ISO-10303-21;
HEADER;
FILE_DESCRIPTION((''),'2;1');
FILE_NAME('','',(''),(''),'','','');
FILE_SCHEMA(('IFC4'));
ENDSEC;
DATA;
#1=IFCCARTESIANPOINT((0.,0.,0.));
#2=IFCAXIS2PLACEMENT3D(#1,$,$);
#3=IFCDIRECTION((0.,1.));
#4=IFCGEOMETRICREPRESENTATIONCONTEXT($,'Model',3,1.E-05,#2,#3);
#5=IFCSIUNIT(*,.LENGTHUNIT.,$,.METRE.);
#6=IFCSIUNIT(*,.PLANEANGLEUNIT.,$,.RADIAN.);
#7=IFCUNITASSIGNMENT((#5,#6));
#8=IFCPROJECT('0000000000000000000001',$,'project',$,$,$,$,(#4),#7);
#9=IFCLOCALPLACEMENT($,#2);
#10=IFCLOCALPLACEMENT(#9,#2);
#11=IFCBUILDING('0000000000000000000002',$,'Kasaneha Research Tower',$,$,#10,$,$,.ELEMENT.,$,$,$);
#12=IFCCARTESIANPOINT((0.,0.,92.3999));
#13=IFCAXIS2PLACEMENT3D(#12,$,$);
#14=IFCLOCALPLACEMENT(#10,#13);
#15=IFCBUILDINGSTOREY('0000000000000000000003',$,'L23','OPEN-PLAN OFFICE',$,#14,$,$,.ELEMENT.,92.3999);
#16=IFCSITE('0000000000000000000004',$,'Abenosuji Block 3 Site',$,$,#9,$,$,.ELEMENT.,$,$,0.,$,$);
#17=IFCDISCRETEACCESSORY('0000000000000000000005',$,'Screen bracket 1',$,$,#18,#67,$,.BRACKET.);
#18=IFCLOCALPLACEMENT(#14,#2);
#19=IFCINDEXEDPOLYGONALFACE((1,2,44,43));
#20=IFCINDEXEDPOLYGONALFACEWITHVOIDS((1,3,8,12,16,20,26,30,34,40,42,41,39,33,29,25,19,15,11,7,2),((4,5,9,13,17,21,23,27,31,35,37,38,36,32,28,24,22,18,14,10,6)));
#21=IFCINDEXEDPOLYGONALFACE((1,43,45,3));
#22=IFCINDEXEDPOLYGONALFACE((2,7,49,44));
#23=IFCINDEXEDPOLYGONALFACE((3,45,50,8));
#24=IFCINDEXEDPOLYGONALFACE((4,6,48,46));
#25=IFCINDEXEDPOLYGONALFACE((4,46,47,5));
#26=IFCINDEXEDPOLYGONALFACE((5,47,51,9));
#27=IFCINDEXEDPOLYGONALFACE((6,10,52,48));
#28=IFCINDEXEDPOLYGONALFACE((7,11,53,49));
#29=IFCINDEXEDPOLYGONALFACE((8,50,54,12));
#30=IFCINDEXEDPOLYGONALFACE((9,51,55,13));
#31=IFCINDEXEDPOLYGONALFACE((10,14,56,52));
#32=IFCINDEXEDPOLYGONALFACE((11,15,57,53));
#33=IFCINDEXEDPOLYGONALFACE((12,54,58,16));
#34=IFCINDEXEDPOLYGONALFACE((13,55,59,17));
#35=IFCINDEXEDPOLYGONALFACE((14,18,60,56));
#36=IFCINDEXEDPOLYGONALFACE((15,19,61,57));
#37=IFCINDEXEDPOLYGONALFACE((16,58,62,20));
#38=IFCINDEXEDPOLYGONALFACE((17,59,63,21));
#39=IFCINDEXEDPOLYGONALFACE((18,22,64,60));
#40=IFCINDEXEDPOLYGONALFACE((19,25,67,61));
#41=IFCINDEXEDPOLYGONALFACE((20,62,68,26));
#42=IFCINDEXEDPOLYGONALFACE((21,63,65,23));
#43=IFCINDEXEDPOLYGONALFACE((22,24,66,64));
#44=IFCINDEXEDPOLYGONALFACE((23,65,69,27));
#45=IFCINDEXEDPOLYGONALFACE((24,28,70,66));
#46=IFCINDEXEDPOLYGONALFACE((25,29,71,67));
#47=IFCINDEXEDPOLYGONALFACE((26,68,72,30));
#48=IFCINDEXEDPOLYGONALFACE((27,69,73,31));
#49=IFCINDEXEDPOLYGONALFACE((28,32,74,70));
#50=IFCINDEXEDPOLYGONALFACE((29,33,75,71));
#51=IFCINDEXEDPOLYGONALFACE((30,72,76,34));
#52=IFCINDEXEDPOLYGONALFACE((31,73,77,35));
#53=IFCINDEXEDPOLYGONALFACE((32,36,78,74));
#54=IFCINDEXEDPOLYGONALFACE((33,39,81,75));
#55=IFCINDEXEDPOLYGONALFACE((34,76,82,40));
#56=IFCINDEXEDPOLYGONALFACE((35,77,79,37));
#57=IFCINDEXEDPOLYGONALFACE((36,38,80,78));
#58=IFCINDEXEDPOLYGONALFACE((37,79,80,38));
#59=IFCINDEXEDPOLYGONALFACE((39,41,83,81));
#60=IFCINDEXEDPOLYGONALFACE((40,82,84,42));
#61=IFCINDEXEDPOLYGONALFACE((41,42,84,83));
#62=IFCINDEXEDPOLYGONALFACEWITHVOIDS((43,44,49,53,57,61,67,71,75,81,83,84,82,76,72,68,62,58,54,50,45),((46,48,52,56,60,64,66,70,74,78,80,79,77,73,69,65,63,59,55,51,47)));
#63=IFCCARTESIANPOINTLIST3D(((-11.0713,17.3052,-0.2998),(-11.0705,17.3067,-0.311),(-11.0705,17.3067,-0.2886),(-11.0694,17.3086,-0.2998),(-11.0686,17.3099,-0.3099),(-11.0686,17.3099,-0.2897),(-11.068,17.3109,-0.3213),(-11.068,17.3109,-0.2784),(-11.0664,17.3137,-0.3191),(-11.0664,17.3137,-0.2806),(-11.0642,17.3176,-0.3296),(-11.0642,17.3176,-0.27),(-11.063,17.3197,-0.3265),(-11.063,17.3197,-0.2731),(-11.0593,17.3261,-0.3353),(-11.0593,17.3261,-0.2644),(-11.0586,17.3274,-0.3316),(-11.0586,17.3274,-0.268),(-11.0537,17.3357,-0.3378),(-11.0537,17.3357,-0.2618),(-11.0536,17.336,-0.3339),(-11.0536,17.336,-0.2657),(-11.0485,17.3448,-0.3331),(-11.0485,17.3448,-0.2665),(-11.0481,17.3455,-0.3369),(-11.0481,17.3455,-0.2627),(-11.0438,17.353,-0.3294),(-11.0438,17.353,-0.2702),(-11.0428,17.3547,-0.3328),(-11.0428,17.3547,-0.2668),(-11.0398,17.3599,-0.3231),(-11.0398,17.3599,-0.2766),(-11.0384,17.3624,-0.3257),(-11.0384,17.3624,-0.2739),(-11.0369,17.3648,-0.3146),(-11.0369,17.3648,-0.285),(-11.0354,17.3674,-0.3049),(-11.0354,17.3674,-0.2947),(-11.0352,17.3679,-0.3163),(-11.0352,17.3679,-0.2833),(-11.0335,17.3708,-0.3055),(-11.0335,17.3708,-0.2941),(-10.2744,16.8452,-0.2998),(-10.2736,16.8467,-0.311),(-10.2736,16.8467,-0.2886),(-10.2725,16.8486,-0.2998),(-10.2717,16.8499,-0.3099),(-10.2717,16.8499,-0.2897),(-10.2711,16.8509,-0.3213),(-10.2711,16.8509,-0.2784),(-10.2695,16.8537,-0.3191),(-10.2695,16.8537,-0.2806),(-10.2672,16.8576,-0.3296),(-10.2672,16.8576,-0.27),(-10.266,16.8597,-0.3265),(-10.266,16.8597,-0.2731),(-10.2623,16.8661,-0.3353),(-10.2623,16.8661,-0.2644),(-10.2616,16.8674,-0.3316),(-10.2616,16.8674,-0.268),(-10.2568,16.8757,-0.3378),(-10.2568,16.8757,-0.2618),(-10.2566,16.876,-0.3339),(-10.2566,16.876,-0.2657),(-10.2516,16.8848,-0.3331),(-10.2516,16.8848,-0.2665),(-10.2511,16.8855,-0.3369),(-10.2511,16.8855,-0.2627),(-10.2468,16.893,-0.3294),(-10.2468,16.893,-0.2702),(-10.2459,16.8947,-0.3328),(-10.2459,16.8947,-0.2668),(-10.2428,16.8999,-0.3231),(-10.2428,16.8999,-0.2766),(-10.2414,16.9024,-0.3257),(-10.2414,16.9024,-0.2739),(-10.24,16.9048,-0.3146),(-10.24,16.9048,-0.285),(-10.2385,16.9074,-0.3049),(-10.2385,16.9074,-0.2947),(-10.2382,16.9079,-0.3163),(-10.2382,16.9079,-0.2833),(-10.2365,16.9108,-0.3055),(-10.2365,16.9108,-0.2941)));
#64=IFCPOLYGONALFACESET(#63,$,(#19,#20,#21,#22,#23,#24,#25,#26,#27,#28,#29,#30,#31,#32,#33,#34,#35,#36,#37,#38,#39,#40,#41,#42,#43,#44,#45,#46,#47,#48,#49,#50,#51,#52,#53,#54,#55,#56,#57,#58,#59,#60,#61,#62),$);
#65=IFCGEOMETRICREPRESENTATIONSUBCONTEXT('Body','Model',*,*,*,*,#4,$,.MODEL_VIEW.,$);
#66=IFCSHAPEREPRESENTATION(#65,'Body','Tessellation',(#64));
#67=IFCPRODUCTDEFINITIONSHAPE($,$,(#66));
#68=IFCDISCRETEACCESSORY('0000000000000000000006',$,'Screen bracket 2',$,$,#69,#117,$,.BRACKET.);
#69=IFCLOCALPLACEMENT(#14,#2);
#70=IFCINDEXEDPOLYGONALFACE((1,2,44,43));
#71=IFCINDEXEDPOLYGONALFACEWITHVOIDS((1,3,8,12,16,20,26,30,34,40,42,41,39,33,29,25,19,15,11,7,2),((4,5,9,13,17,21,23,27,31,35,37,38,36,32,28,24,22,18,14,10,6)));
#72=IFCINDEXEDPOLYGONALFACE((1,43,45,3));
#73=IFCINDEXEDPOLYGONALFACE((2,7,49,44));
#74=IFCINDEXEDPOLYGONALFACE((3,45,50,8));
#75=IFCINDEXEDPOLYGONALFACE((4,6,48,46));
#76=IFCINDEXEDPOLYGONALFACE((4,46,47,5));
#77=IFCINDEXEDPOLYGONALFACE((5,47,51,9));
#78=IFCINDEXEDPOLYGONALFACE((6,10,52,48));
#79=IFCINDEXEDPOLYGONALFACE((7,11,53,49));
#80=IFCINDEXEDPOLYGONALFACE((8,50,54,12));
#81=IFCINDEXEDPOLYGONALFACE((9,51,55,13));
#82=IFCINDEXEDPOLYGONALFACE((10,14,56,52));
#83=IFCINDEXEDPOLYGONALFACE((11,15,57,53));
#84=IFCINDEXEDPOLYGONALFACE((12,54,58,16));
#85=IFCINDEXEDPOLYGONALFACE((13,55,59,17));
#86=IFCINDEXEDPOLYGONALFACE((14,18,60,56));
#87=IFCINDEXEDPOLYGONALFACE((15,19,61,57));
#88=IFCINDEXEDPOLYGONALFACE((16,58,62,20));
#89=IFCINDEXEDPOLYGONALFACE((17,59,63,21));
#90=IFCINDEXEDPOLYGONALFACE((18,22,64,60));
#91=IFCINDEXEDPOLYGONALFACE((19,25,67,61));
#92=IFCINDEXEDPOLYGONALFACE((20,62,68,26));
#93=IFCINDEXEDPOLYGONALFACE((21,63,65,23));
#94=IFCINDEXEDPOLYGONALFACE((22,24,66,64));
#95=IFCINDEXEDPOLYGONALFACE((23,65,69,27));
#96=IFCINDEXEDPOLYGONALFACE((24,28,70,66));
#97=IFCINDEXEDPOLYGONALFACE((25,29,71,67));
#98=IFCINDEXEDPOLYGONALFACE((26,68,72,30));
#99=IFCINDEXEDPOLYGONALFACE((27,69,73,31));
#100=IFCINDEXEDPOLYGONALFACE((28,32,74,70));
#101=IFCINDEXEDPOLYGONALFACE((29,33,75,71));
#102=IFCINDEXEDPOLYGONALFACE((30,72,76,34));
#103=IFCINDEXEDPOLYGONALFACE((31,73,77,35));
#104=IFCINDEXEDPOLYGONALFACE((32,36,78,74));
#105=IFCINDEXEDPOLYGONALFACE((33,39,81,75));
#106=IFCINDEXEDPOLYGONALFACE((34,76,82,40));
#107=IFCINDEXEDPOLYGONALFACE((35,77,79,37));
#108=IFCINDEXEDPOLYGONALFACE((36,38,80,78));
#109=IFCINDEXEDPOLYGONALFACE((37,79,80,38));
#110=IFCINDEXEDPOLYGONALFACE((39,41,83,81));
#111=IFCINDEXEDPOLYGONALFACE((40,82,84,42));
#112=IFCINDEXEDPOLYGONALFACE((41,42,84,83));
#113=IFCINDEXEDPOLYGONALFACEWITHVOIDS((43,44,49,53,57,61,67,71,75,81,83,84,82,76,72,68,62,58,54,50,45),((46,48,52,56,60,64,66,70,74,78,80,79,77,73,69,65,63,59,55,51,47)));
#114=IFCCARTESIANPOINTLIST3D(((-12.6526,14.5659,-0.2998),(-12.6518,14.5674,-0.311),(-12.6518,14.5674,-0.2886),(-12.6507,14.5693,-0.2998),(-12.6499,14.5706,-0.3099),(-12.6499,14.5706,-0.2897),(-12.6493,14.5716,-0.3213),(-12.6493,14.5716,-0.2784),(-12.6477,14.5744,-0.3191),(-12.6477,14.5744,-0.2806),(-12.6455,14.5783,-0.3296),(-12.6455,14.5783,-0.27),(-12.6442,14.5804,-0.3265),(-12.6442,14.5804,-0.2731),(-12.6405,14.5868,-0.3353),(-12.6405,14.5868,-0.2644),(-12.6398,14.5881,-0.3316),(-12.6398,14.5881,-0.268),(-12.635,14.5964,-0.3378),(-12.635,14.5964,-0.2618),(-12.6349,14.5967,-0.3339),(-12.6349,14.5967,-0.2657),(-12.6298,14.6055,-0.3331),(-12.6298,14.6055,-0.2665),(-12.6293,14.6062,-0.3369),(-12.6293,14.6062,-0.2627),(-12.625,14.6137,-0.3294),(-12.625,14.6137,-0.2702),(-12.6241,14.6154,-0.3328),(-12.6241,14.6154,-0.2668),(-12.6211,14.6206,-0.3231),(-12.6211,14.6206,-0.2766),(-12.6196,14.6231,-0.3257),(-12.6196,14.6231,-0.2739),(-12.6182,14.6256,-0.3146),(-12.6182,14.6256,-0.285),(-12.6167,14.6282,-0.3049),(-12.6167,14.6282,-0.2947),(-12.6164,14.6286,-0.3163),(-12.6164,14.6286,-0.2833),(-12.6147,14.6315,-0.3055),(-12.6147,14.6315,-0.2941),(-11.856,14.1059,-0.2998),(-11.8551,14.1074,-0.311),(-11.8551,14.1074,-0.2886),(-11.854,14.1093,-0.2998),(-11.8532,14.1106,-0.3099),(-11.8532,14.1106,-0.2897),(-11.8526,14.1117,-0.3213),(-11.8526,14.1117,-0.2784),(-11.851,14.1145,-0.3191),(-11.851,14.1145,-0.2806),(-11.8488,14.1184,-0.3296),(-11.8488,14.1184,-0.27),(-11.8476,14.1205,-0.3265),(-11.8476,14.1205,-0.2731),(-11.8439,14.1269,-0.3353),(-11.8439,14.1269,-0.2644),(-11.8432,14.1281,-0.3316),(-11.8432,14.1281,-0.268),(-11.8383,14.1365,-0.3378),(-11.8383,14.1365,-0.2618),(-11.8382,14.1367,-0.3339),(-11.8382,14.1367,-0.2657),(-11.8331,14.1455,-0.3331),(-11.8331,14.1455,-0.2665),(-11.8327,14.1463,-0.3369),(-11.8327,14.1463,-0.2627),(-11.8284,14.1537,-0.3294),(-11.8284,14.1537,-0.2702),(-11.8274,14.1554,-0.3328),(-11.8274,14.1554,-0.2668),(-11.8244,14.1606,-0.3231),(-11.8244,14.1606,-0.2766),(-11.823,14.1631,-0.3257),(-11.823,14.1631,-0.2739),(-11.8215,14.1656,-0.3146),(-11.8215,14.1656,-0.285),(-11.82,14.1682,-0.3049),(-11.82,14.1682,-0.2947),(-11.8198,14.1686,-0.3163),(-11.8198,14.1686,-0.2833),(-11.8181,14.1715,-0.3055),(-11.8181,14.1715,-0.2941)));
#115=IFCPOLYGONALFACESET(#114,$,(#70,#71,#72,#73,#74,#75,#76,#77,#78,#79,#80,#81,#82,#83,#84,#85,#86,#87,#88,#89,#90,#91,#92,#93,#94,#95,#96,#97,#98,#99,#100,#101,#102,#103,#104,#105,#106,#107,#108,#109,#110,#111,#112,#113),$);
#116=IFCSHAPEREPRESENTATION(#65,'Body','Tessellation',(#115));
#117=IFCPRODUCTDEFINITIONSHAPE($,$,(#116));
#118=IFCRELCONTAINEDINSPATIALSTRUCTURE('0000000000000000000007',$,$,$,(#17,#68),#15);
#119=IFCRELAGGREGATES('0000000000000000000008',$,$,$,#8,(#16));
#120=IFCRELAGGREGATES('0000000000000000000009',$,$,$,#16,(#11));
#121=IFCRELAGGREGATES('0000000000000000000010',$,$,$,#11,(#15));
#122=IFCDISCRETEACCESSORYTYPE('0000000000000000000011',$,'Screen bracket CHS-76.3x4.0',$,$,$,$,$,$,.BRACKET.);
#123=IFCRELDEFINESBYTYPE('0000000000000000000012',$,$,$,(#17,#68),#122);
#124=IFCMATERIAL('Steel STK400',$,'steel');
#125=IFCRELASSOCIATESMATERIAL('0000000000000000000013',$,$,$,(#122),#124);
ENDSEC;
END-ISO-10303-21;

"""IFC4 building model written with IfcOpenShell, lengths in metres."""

from ifc_helpers import new_model, si_unit, direction, frame, origin, origin_2d, place, context, subcontext, project, spatial, hollow_circle, extrude, material, material_profile, profile_set, type_object, element, save


model = new_model("IFC4")

# Units and contexts
model_context = context("Model", 3, precision=1e-05, world=origin(), true_north=direction((0.0, 1.0)))
body_context = subcontext(model_context, "Body", "Model", "MODEL_VIEW")
ifc_project = project(units=[si_unit("LENGTHUNIT", "METRE"), si_unit("PLANEANGLEUNIT", "RADIAN")], contexts=[model_context])

# Site, building, storey
site_placement = place(None, origin())
site = spatial("IfcSite", under=ifc_project, at=site_placement, Name="Abenosuji Block 3 Site", CompositionType="ELEMENT", RefElevation=0.0)
building_placement = place(site_placement, origin())
building = spatial("IfcBuilding", under=site, at=building_placement, Name="Kasaneha Research Tower", CompositionType="ELEMENT")
storey_placement = place(building_placement, frame((0.0, 0.0, 92.3999)))
storey = spatial("IfcBuildingStorey", under=building, at=storey_placement, Name="L23", Description="OPEN-PLAN OFFICE", CompositionType="ELEMENT", Elevation=92.3999)

# Discrete accessories
ifc_material_1 = material(Name="Steel STK400", Category="steel")
ifc_material_profile_1 = material_profile(ifc_material_1, hollow_circle(Radius=0.0381, WallThickness=0.0039, at=origin_2d()), Name="CHS-76.3x4.0")
ifc_profile_set_1 = profile_set([ifc_material_profile_1], Name="Steel STK400")
discrete_accessory_type = type_object("IfcDiscreteAccessoryType", Name="Screen bracket CHS-76.3x4.0", PredefinedType="BRACKET", material=ifc_profile_set_1)
discrete_accessory_1_placement = place(storey_placement, frame((-10.2554, 16.8782, -0.2998), z_axis=(-0.86608, 0.499906, 0.0), x_axis=(-0.499906, -0.86608, 0.0)))
element("IfcDiscreteAccessory", 1, at=discrete_accessory_1_placement, inside=storey, type_object=discrete_accessory_type, Name="Screen bracket 1", PredefinedType="BRACKET", context=body_context, shape_type="SweptSolid", body=[
    extrude(hollow_circle(Radius=0.0381, WallThickness=0.0039, at=origin_2d()), origin(), (0.0, 0.0, 1.0), 0.9202),
])
discrete_accessory_2_placement = place(storey_placement, frame((-11.8369, 14.1389, -0.2998), z_axis=(-0.866013, 0.500021, 0.0), x_axis=(-0.500021, -0.866013, 0.0)))
element("IfcDiscreteAccessory", 2, at=discrete_accessory_2_placement, inside=storey, type_object=discrete_accessory_type, Name="Screen bracket 2", PredefinedType="BRACKET", context=body_context, shape_type="SweptSolid", body=[
    extrude(hollow_circle(Radius=0.0381, WallThickness=0.0039, at=origin_2d()), origin(), (0.0, 0.0, 1.0), 0.9199),
])

save(model, "model.ifc")
